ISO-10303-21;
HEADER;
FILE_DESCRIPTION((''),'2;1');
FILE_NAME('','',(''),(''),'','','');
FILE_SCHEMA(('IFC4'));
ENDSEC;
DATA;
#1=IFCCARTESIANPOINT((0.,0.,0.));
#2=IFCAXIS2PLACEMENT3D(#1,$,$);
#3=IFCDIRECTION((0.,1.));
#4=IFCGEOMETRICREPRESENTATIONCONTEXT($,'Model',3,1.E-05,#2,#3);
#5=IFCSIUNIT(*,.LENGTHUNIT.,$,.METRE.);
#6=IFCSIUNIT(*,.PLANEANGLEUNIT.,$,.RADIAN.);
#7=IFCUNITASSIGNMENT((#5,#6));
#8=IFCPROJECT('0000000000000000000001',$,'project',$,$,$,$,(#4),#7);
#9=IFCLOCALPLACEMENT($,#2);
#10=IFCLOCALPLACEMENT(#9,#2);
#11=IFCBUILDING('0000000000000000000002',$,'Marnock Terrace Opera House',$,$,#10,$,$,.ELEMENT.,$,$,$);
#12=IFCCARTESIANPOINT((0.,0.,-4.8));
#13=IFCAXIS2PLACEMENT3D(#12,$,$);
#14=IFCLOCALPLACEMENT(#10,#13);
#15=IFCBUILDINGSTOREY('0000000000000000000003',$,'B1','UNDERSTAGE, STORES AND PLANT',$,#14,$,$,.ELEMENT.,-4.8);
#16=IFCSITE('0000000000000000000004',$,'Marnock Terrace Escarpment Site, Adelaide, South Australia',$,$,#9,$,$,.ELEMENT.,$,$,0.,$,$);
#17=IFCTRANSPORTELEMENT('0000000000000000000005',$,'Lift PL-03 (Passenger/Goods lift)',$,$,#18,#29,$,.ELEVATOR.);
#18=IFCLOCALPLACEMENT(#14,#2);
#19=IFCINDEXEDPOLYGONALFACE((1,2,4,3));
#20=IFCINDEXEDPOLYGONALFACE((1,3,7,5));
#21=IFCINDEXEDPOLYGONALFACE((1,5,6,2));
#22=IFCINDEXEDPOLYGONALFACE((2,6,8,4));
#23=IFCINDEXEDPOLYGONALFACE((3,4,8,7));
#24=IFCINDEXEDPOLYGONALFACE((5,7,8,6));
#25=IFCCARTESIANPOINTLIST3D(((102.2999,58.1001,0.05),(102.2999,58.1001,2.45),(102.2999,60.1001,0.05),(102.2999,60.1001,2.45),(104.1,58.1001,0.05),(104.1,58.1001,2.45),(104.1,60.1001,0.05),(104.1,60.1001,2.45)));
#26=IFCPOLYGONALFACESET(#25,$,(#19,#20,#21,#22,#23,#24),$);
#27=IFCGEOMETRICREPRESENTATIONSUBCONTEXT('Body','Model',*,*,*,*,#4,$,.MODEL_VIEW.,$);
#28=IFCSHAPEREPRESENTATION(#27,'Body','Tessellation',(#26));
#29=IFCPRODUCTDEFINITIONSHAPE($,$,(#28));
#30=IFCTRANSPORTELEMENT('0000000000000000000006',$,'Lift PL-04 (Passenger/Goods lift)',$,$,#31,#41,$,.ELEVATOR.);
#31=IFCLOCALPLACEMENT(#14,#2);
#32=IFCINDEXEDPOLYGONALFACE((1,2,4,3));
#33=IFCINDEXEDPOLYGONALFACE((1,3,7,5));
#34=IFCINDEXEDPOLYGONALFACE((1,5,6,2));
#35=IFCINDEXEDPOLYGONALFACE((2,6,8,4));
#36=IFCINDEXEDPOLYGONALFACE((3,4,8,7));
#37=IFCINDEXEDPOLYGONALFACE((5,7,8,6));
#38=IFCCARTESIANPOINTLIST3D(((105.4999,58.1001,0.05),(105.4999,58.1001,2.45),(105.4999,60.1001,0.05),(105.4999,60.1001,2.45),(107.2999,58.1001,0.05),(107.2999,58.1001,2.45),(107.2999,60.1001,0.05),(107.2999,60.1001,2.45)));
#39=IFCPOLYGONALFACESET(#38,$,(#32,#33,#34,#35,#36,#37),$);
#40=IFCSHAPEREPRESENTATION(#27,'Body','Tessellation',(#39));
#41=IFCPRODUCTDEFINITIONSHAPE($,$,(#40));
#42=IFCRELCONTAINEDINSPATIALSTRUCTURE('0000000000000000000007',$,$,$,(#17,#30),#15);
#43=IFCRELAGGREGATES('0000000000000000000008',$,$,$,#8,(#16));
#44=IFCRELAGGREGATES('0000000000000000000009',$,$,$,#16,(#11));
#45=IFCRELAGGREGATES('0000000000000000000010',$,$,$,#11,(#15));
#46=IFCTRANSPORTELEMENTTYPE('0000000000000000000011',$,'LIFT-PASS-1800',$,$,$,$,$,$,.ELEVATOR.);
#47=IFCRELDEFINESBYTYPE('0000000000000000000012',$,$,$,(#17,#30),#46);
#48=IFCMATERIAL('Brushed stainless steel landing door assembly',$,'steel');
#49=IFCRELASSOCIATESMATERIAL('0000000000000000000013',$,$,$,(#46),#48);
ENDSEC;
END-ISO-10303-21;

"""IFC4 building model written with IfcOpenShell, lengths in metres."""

from ifc_helpers import new_model, si_unit, direction, frame, origin, origin_2d, place, context, subcontext, project, spatial, rectangle, extrude, material, type_object, element, save


model = new_model("IFC4")

# Units and contexts
model_context = context("Model", 3, precision=1e-05, world=origin(), true_north=direction((0.0, 1.0)))
body_context = subcontext(model_context, "Body", "Model", "MODEL_VIEW")
ifc_project = project(units=[si_unit("LENGTHUNIT", "METRE"), si_unit("PLANEANGLEUNIT", "RADIAN")], contexts=[model_context])

# Site, building, storey
site_placement = place(None, origin())
site = spatial("IfcSite", under=ifc_project, at=site_placement, Name="Marnock Terrace Escarpment Site, Adelaide, South Australia", CompositionType="ELEMENT", RefElevation=0.0)
building_placement = place(site_placement, origin())
building = spatial("IfcBuilding", under=site, at=building_placement, Name="Marnock Terrace Opera House", CompositionType="ELEMENT")
storey_placement = place(building_placement, frame((0.0, 0.0, -4.8)))
storey = spatial("IfcBuildingStorey", under=building, at=storey_placement, Name="B1", Description="UNDERSTAGE, STORES AND PLANT", CompositionType="ELEMENT", Elevation=-4.8)

# Shared definitions
ifc_material_1 = material(Name="Brushed stainless steel landing door assembly", Category="steel")

# Transport elements
transport_element_type = type_object("IfcTransportElementType", Name="LIFT-PASS-1800", PredefinedType="ELEVATOR", material=ifc_material_1)
for number, where, z_axis, x_axis, name in (
    (1, (103.2, 59.1001, 0.05), (0.0, 0.0, 1.0), (1.0, 0.0, 0.0), "Lift PL-03 (Passenger/Goods lift)"),
    (2, (106.3999, 59.1001, 0.05), (0.0, 0.0, 1.0), (1.0, 0.0, 0.0), "Lift PL-04 (Passenger/Goods lift)"),
):
    element("IfcTransportElement", number, at=place(storey_placement, frame(where, z_axis=z_axis, x_axis=x_axis)), inside=storey, type_object=transport_element_type, Name=name, PredefinedType="ELEVATOR", context=body_context, shape_type="SweptSolid", body=[
        extrude(rectangle(XDim=1.8, YDim=2.0, at=origin_2d()), origin(), (0.0, 0.0, 1.0), 2.3999),
    ])

save(model, "model.ifc")
